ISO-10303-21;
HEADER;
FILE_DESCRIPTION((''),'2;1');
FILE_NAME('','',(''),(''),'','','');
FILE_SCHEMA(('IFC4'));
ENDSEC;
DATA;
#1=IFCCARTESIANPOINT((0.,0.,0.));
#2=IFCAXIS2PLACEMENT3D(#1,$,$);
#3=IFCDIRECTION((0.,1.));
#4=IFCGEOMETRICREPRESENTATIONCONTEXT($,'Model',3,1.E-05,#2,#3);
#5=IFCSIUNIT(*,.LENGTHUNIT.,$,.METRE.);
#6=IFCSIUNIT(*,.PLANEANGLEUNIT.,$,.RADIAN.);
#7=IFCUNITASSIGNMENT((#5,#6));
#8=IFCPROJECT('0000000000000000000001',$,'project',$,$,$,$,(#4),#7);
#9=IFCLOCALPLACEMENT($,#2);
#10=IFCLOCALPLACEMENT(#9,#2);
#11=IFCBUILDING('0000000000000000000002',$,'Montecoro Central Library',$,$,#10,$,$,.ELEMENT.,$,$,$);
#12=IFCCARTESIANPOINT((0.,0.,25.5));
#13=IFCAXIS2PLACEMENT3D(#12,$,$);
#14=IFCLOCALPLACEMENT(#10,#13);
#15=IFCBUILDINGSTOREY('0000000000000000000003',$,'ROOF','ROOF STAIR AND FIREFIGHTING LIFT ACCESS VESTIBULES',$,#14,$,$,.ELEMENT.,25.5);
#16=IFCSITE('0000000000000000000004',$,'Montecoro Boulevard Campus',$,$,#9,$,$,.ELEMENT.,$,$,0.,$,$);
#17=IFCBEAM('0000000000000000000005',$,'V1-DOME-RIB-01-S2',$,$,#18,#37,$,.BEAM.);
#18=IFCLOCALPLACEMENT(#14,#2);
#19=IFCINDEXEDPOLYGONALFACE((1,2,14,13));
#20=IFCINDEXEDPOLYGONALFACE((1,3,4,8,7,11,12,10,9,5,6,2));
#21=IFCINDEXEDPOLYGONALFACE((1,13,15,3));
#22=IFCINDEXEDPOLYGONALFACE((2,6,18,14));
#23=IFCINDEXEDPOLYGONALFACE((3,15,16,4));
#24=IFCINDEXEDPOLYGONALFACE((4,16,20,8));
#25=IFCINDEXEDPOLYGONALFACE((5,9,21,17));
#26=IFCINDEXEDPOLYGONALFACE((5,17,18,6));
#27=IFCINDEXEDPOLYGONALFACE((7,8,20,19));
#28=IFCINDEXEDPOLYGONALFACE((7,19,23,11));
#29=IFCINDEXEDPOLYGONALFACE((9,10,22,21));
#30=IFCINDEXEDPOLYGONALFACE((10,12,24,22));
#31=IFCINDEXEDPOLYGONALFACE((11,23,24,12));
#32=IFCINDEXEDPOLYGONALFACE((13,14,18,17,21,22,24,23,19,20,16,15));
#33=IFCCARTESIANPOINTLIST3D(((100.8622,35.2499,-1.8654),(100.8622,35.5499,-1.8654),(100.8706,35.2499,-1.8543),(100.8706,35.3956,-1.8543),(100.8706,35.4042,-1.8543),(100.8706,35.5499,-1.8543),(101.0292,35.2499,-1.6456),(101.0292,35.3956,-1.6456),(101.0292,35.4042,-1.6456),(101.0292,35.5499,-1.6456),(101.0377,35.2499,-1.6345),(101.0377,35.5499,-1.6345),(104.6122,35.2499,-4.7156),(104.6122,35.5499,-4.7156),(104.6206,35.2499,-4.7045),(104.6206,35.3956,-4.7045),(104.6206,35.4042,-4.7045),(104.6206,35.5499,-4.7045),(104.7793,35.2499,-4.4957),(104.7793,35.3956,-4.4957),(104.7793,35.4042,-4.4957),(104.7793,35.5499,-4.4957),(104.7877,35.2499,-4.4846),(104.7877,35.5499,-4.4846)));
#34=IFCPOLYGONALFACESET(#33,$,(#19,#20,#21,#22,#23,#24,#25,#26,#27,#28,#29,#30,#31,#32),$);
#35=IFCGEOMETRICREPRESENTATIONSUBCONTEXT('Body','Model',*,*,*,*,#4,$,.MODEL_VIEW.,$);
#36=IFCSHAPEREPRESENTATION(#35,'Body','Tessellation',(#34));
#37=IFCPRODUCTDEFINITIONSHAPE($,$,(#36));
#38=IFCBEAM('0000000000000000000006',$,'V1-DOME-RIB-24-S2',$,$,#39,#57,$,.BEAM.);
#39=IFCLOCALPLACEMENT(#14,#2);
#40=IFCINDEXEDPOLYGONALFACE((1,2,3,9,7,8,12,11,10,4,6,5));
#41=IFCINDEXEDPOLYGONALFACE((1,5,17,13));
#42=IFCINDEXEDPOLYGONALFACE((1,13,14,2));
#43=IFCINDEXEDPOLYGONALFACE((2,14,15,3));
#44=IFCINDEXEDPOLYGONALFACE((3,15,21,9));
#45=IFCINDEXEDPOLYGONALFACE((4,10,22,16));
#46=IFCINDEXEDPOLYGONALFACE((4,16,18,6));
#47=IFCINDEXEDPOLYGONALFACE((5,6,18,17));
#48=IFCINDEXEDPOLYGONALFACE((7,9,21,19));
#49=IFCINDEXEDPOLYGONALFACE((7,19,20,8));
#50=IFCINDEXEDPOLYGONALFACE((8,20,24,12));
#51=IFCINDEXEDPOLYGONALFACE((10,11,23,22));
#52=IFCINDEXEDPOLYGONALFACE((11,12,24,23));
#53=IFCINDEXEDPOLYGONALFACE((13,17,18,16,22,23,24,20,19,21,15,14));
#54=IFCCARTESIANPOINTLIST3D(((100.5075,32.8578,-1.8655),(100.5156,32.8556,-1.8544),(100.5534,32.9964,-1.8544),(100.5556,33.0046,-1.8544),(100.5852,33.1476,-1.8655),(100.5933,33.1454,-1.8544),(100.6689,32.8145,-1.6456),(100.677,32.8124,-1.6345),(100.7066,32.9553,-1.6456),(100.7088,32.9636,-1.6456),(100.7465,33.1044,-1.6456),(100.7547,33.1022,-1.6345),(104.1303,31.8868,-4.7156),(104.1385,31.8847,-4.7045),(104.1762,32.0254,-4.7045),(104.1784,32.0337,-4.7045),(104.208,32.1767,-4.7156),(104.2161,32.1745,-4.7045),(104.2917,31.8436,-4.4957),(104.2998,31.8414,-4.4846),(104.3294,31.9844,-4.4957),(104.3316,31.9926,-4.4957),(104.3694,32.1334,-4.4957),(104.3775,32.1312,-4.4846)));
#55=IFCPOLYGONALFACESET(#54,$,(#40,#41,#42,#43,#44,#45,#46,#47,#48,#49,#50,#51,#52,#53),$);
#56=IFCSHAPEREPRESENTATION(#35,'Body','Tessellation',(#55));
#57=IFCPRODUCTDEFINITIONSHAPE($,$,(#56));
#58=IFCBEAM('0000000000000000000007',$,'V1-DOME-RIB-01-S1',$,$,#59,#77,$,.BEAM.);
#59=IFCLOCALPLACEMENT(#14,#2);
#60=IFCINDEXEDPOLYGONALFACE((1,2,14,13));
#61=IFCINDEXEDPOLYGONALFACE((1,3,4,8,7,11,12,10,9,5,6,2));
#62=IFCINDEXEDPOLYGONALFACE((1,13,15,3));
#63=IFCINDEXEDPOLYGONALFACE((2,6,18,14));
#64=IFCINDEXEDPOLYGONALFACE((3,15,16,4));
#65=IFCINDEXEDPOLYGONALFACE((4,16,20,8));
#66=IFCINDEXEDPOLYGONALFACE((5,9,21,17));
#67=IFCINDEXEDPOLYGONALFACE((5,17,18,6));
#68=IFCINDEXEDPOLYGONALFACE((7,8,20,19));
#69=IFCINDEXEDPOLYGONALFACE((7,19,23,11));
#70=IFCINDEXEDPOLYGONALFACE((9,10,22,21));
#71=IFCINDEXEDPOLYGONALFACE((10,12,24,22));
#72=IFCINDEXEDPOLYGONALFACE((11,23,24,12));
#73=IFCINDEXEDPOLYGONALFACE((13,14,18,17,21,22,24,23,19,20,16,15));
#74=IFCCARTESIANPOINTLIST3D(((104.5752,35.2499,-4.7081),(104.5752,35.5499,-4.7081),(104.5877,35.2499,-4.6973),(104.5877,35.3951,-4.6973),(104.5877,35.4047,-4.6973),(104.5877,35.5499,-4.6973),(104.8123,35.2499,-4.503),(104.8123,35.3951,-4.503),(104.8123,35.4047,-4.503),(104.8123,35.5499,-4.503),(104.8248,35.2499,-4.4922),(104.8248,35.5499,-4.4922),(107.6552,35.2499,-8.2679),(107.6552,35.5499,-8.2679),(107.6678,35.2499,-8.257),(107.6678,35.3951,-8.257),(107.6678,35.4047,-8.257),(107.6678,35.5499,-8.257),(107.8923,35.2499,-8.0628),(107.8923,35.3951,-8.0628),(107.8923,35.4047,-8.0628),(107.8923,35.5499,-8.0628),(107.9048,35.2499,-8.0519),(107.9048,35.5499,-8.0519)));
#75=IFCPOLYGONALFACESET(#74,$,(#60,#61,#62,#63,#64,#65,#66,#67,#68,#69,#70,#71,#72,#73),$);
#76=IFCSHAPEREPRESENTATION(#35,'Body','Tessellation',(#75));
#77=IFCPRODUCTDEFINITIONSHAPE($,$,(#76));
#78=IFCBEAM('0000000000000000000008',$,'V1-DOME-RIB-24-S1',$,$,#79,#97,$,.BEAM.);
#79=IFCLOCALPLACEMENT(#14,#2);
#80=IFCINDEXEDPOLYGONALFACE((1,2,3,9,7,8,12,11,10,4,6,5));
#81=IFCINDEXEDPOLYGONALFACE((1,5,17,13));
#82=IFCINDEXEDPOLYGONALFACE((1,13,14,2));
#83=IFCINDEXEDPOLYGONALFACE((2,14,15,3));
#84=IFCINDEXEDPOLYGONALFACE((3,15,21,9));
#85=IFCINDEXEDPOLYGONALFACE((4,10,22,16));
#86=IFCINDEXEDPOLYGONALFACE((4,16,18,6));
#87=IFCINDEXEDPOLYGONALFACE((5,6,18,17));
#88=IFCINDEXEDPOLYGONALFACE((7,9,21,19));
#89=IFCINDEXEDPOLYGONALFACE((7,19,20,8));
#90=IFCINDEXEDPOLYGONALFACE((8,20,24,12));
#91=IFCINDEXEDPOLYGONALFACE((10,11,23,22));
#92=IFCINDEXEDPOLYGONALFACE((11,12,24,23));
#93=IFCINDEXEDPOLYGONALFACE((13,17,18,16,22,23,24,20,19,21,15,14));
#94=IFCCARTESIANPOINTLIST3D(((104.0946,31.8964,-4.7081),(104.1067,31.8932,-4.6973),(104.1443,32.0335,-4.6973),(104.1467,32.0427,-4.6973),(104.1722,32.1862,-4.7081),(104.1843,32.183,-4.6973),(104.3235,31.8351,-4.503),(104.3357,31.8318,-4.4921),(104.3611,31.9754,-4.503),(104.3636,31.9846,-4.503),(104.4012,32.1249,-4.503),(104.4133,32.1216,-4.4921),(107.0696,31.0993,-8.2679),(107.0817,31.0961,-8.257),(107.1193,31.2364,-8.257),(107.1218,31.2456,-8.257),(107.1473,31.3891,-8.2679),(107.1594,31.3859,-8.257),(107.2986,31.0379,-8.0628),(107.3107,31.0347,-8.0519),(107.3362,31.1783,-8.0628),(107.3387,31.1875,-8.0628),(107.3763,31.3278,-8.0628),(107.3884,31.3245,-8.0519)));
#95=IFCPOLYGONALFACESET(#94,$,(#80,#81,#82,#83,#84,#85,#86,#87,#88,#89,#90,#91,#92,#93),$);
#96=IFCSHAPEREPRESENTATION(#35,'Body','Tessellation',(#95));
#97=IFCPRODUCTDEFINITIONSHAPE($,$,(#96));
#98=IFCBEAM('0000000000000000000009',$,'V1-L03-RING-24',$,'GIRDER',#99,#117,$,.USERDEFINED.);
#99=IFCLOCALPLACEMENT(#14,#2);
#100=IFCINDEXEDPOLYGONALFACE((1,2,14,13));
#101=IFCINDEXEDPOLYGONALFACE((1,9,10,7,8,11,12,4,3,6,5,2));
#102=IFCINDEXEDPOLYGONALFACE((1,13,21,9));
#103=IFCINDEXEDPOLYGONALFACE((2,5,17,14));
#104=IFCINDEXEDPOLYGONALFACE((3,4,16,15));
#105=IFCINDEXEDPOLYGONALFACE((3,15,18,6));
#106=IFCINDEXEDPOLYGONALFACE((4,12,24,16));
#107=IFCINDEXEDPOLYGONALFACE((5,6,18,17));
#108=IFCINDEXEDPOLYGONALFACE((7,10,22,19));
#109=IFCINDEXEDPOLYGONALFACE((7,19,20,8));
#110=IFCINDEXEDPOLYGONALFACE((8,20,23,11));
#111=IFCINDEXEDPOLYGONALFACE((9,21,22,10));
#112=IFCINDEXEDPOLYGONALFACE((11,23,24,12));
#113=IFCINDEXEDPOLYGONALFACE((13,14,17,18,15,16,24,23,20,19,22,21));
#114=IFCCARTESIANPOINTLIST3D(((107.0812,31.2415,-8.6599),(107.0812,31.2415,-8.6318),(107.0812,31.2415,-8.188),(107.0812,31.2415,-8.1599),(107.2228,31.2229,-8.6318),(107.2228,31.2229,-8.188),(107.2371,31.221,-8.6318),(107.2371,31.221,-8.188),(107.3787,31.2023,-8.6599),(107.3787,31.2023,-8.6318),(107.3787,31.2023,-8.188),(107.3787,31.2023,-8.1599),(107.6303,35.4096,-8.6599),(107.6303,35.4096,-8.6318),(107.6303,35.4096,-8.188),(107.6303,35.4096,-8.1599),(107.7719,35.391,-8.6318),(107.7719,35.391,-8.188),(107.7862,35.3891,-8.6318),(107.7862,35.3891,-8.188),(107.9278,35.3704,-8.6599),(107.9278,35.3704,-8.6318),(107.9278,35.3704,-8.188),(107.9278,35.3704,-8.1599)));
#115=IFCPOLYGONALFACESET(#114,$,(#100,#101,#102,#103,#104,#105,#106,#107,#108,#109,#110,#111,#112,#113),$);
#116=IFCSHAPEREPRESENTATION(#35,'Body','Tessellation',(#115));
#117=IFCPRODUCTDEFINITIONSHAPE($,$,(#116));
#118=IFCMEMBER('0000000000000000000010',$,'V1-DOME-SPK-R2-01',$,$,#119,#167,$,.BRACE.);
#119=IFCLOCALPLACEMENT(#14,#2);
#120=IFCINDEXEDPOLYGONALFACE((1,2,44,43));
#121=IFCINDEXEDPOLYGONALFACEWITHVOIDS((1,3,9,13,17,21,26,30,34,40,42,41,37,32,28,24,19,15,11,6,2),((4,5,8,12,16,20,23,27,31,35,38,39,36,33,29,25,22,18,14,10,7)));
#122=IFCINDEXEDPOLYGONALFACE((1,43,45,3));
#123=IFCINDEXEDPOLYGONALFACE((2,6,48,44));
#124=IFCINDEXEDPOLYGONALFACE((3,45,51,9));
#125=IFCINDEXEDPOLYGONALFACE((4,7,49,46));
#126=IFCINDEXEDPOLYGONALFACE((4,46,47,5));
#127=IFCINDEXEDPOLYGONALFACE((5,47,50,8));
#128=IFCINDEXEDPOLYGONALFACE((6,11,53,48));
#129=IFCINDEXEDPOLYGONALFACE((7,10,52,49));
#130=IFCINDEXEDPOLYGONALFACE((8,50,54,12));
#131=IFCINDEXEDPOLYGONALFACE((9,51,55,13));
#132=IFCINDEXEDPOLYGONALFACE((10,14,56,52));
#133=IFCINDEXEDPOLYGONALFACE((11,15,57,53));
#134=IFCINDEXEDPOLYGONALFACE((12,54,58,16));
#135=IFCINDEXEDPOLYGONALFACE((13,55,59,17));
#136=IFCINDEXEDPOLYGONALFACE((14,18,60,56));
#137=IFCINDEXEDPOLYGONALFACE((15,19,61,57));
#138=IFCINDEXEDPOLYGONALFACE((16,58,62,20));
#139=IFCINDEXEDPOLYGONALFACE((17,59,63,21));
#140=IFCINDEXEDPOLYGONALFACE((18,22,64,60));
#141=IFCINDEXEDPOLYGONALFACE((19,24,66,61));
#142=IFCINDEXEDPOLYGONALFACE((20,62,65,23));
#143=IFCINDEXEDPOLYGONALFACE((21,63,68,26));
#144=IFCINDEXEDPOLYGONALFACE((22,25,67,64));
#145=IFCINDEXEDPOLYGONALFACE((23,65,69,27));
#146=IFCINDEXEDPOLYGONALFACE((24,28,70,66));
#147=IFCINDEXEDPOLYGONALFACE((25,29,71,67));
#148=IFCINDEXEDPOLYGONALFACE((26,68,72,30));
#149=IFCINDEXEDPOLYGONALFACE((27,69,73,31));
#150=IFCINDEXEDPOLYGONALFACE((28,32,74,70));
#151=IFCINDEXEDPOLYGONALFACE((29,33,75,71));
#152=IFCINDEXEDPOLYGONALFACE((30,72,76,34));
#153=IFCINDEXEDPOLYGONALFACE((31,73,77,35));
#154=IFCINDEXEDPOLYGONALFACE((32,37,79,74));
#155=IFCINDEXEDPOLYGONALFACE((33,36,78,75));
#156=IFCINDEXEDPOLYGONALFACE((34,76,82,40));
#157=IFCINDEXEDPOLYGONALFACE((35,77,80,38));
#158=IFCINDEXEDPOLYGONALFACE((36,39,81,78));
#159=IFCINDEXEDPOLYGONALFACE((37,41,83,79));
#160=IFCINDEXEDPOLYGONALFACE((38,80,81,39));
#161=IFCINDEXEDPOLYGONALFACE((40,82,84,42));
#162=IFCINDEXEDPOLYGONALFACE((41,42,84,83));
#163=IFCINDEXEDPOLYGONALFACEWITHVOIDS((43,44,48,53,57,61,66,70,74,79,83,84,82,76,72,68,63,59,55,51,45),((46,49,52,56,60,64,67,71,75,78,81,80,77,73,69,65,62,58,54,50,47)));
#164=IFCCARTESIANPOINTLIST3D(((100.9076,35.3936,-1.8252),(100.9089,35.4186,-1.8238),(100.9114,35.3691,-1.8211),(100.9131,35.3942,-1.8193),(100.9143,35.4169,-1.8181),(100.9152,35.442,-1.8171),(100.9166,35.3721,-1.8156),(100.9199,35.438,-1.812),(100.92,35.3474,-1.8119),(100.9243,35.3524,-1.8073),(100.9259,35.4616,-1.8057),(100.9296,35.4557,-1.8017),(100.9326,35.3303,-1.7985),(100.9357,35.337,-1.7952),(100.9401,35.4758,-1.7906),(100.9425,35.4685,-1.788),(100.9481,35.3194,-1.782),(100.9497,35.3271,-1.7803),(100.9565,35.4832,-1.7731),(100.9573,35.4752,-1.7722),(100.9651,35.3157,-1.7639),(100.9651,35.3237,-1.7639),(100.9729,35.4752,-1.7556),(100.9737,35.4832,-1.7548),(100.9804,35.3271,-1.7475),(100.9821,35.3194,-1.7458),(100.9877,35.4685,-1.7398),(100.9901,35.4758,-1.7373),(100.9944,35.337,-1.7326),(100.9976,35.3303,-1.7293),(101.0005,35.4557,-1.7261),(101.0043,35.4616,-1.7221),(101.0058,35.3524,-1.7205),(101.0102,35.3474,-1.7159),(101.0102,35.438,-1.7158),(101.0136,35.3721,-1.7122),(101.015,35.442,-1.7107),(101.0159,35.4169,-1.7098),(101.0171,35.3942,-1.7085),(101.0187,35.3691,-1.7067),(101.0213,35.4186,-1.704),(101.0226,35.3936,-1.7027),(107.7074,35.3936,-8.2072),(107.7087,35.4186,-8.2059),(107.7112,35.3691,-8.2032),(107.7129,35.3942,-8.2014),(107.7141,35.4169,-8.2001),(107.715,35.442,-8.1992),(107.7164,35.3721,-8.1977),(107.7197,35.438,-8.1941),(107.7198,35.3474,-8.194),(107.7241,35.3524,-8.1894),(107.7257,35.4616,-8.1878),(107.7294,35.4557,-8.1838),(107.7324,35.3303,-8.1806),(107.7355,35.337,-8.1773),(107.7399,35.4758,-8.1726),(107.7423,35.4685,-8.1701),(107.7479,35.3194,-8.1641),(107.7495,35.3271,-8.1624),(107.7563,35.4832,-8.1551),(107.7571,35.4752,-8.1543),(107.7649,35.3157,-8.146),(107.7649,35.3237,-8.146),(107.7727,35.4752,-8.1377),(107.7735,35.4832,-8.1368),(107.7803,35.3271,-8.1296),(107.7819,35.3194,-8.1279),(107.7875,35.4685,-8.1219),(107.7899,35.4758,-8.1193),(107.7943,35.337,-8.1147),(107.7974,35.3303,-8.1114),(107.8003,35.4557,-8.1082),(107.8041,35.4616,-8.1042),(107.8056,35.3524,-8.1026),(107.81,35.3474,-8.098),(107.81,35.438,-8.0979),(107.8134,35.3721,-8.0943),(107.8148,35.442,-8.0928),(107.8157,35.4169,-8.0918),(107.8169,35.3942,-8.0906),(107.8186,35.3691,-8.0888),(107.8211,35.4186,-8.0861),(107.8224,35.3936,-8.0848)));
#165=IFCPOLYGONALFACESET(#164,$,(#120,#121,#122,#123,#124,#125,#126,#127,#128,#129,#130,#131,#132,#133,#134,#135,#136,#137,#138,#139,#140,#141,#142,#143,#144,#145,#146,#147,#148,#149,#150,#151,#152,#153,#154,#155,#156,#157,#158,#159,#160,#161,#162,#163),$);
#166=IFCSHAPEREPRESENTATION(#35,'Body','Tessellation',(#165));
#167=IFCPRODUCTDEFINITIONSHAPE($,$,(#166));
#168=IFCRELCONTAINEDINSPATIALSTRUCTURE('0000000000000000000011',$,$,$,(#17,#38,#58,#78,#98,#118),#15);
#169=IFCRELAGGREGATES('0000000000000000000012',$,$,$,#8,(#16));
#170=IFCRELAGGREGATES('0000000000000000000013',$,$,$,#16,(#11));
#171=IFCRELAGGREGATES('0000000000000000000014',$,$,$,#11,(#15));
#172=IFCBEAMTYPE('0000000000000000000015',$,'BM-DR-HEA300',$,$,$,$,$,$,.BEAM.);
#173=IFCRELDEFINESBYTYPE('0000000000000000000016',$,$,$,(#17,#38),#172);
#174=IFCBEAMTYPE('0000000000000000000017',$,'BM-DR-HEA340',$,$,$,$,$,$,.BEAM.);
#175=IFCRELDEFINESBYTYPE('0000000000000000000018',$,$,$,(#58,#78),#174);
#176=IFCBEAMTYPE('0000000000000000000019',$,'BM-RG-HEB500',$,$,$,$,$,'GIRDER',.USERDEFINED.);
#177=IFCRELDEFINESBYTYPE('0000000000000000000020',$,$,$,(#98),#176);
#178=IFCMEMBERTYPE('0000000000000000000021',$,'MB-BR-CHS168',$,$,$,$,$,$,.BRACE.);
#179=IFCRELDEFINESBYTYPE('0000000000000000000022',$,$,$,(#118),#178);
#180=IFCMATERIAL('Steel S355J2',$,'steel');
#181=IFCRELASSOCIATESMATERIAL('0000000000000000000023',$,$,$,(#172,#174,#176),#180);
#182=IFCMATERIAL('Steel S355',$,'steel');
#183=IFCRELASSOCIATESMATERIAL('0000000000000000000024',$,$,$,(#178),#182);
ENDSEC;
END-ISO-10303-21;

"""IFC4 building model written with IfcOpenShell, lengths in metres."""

from ifc_helpers import new_model, si_unit, direction, frame, origin, origin_2d, place, context, subcontext, project, spatial, hollow_circle, i_section, extrude, material, material_profile, profile_set, type_object, element, save


model = new_model("IFC4")

# Units and contexts
model_context = context("Model", 3, precision=1e-05, world=origin(), true_north=direction((0.0, 1.0)))
body_context = subcontext(model_context, "Body", "Model", "MODEL_VIEW")
ifc_project = project(units=[si_unit("LENGTHUNIT", "METRE"), si_unit("PLANEANGLEUNIT", "RADIAN")], contexts=[model_context])

# Site, building, storey
site_placement = place(None, origin())
site = spatial("IfcSite", under=ifc_project, at=site_placement, Name="Montecoro Boulevard Campus", CompositionType="ELEMENT", RefElevation=0.0)
building_placement = place(site_placement, origin())
building = spatial("IfcBuilding", under=site, at=building_placement, Name="Montecoro Central Library", CompositionType="ELEMENT")
storey_placement = place(building_placement, frame((0.0, 0.0, 25.5)))
storey = spatial("IfcBuildingStorey", under=building, at=storey_placement, Name="ROOF", Description="ROOF STAIR AND FIREFIGHTING LIFT ACCESS VESTIBULES", CompositionType="ELEMENT", Elevation=25.5)

# Beams
ifc_material_1 = material(Name="Steel S355J2", Category="steel")
ifc_material_profile_1 = material_profile(ifc_material_1, i_section(OverallWidth=0.3, OverallDepth=0.29, WebThickness=0.0085, FlangeThickness=0.0139, at=origin_2d()), Name="HEA 300")
ifc_profile_set_1 = profile_set([ifc_material_profile_1], Name="Steel S355J2")
beam_type_1 = type_object("IfcBeamType", Name="BM-DR-HEA300", PredefinedType="BEAM", material=ifc_profile_set_1)
beam_1_placement = place(storey_placement, frame((104.7, 35.3999, -4.6001), z_axis=(-0.796152, 0.0, 0.605096), x_axis=(0.0, -1.0, 0.0)))
element("IfcBeam", 1, at=beam_1_placement, inside=storey, type_object=beam_type_1, Name="V1-DOME-RIB-01-S2", PredefinedType="BEAM", context=body_context, shape_type="SweptSolid", body=[
    extrude(i_section(OverallWidth=0.3, OverallDepth=0.29, WebThickness=0.0085, FlangeThickness=0.0139, at=origin_2d()), origin(), (0.0, 0.0, 1.0), 4.7102),
])
beam_2_placement = place(storey_placement, frame((104.2539, 32.009, -4.6001), z_axis=(-0.769062, 0.206116, 0.605029), x_axis=(-0.258874, -0.965911, 0.0)))
element("IfcBeam", 2, at=beam_2_placement, inside=storey, type_object=beam_type_1, Name="V1-DOME-RIB-24-S2", PredefinedType="BEAM", context=body_context, shape_type="SweptSolid", body=[
    extrude(i_section(OverallWidth=0.3, OverallDepth=0.29, WebThickness=0.0085, FlangeThickness=0.0139, at=origin_2d()), origin(), (0.0, 0.0, 1.0), 4.7107),
])
ifc_material_profile_2 = material_profile(ifc_material_1, i_section(OverallWidth=0.3, OverallDepth=0.3301, WebThickness=0.0095, FlangeThickness=0.0166, at=origin_2d()), Name="HEA 340")
ifc_profile_set_2 = profile_set([ifc_material_profile_2], Name="Steel S355J2")
beam_type_2 = type_object("IfcBeamType", Name="BM-DR-HEA340", PredefinedType="BEAM", material=ifc_profile_set_2)
for number, where, z_axis, x_axis, name in (
    (3, (107.78, 35.3999, -8.1599), (-0.654312, 0.0, 0.756224), (0.0, -1.0, 0.0), "V1-DOME-RIB-01-S1"),
    (4, (107.229, 31.2119, -8.1599), (-0.632015, 0.169336, 0.756229), (-0.258802, -0.96593, 0.0), "V1-DOME-RIB-24-S1"),
):
    element("IfcBeam", number, at=place(storey_placement, frame(where, z_axis=z_axis, x_axis=x_axis)), inside=storey, type_object=beam_type_2, Name=name, PredefinedType="BEAM", context=body_context, shape_type="SweptSolid", body=[
        extrude(i_section(OverallWidth=0.3, OverallDepth=0.3301, WebThickness=0.0095, FlangeThickness=0.0166, at=origin_2d()), origin(), (0.0, 0.0, 1.0), 4.7073),
    ])
ifc_material_profile_3 = material_profile(ifc_material_1, i_section(OverallWidth=0.3, OverallDepth=0.5, WebThickness=0.0144, FlangeThickness=0.0281, at=origin_2d()), Name="HEB 500")
ifc_profile_set_3 = profile_set([ifc_material_profile_3], Name="Steel S355J2")
beam_type_3 = type_object("IfcBeamType", Name="BM-RG-HEB500", ElementType="GIRDER", PredefinedType="USERDEFINED", material=ifc_profile_set_3)
beam_3_placement = place(storey_placement, frame((107.23, 31.2219, -8.4099), z_axis=(0.130608, 0.991434, 0.0), x_axis=(-0.991434, 0.130608, 0.0)))
element("IfcBeam", 5, at=beam_3_placement, inside=storey, type_object=beam_type_3, Name="V1-L03-RING-24", ObjectType="GIRDER", PredefinedType="USERDEFINED", context=body_context, shape_type="SweptSolid", body=[
    extrude(i_section(OverallWidth=0.3, OverallDepth=0.5, WebThickness=0.0144, FlangeThickness=0.0281, at=origin_2d()), origin(), (0.0, 0.0, 1.0), 4.2041),
])

# Member
ifc_material_2 = material(Name="Steel S355", Category="steel")
ifc_material_profile_4 = material_profile(ifc_material_2, hollow_circle(Radius=0.0842, WallThickness=0.0081, at=origin_2d()), Name="CHS 168.3x8.0")
ifc_profile_set_4 = profile_set([ifc_material_profile_4], Name="Steel S355")
member_type_1 = type_object("IfcMemberType", Name="MB-BR-CHS168", PredefinedType="BRACE", material=ifc_profile_set_4)
member_1_placement = place(storey_placement, frame((107.7649, 35.3999, -8.146), z_axis=(-0.729148, 0.0, 0.684356), x_axis=(0.0, -1.0, 0.0)))
element("IfcMember", 6, at=member_1_placement, inside=storey, type_object=member_type_1, Name="V1-DOME-SPK-R2-01", PredefinedType="BRACE", context=body_context, shape_type="SweptSolid", body=[
    extrude(hollow_circle(Radius=0.0842, WallThickness=0.0081, at=origin_2d()), origin(), (0.0, 0.0, 1.0), 9.3257),
])

save(model, "model.ifc")
